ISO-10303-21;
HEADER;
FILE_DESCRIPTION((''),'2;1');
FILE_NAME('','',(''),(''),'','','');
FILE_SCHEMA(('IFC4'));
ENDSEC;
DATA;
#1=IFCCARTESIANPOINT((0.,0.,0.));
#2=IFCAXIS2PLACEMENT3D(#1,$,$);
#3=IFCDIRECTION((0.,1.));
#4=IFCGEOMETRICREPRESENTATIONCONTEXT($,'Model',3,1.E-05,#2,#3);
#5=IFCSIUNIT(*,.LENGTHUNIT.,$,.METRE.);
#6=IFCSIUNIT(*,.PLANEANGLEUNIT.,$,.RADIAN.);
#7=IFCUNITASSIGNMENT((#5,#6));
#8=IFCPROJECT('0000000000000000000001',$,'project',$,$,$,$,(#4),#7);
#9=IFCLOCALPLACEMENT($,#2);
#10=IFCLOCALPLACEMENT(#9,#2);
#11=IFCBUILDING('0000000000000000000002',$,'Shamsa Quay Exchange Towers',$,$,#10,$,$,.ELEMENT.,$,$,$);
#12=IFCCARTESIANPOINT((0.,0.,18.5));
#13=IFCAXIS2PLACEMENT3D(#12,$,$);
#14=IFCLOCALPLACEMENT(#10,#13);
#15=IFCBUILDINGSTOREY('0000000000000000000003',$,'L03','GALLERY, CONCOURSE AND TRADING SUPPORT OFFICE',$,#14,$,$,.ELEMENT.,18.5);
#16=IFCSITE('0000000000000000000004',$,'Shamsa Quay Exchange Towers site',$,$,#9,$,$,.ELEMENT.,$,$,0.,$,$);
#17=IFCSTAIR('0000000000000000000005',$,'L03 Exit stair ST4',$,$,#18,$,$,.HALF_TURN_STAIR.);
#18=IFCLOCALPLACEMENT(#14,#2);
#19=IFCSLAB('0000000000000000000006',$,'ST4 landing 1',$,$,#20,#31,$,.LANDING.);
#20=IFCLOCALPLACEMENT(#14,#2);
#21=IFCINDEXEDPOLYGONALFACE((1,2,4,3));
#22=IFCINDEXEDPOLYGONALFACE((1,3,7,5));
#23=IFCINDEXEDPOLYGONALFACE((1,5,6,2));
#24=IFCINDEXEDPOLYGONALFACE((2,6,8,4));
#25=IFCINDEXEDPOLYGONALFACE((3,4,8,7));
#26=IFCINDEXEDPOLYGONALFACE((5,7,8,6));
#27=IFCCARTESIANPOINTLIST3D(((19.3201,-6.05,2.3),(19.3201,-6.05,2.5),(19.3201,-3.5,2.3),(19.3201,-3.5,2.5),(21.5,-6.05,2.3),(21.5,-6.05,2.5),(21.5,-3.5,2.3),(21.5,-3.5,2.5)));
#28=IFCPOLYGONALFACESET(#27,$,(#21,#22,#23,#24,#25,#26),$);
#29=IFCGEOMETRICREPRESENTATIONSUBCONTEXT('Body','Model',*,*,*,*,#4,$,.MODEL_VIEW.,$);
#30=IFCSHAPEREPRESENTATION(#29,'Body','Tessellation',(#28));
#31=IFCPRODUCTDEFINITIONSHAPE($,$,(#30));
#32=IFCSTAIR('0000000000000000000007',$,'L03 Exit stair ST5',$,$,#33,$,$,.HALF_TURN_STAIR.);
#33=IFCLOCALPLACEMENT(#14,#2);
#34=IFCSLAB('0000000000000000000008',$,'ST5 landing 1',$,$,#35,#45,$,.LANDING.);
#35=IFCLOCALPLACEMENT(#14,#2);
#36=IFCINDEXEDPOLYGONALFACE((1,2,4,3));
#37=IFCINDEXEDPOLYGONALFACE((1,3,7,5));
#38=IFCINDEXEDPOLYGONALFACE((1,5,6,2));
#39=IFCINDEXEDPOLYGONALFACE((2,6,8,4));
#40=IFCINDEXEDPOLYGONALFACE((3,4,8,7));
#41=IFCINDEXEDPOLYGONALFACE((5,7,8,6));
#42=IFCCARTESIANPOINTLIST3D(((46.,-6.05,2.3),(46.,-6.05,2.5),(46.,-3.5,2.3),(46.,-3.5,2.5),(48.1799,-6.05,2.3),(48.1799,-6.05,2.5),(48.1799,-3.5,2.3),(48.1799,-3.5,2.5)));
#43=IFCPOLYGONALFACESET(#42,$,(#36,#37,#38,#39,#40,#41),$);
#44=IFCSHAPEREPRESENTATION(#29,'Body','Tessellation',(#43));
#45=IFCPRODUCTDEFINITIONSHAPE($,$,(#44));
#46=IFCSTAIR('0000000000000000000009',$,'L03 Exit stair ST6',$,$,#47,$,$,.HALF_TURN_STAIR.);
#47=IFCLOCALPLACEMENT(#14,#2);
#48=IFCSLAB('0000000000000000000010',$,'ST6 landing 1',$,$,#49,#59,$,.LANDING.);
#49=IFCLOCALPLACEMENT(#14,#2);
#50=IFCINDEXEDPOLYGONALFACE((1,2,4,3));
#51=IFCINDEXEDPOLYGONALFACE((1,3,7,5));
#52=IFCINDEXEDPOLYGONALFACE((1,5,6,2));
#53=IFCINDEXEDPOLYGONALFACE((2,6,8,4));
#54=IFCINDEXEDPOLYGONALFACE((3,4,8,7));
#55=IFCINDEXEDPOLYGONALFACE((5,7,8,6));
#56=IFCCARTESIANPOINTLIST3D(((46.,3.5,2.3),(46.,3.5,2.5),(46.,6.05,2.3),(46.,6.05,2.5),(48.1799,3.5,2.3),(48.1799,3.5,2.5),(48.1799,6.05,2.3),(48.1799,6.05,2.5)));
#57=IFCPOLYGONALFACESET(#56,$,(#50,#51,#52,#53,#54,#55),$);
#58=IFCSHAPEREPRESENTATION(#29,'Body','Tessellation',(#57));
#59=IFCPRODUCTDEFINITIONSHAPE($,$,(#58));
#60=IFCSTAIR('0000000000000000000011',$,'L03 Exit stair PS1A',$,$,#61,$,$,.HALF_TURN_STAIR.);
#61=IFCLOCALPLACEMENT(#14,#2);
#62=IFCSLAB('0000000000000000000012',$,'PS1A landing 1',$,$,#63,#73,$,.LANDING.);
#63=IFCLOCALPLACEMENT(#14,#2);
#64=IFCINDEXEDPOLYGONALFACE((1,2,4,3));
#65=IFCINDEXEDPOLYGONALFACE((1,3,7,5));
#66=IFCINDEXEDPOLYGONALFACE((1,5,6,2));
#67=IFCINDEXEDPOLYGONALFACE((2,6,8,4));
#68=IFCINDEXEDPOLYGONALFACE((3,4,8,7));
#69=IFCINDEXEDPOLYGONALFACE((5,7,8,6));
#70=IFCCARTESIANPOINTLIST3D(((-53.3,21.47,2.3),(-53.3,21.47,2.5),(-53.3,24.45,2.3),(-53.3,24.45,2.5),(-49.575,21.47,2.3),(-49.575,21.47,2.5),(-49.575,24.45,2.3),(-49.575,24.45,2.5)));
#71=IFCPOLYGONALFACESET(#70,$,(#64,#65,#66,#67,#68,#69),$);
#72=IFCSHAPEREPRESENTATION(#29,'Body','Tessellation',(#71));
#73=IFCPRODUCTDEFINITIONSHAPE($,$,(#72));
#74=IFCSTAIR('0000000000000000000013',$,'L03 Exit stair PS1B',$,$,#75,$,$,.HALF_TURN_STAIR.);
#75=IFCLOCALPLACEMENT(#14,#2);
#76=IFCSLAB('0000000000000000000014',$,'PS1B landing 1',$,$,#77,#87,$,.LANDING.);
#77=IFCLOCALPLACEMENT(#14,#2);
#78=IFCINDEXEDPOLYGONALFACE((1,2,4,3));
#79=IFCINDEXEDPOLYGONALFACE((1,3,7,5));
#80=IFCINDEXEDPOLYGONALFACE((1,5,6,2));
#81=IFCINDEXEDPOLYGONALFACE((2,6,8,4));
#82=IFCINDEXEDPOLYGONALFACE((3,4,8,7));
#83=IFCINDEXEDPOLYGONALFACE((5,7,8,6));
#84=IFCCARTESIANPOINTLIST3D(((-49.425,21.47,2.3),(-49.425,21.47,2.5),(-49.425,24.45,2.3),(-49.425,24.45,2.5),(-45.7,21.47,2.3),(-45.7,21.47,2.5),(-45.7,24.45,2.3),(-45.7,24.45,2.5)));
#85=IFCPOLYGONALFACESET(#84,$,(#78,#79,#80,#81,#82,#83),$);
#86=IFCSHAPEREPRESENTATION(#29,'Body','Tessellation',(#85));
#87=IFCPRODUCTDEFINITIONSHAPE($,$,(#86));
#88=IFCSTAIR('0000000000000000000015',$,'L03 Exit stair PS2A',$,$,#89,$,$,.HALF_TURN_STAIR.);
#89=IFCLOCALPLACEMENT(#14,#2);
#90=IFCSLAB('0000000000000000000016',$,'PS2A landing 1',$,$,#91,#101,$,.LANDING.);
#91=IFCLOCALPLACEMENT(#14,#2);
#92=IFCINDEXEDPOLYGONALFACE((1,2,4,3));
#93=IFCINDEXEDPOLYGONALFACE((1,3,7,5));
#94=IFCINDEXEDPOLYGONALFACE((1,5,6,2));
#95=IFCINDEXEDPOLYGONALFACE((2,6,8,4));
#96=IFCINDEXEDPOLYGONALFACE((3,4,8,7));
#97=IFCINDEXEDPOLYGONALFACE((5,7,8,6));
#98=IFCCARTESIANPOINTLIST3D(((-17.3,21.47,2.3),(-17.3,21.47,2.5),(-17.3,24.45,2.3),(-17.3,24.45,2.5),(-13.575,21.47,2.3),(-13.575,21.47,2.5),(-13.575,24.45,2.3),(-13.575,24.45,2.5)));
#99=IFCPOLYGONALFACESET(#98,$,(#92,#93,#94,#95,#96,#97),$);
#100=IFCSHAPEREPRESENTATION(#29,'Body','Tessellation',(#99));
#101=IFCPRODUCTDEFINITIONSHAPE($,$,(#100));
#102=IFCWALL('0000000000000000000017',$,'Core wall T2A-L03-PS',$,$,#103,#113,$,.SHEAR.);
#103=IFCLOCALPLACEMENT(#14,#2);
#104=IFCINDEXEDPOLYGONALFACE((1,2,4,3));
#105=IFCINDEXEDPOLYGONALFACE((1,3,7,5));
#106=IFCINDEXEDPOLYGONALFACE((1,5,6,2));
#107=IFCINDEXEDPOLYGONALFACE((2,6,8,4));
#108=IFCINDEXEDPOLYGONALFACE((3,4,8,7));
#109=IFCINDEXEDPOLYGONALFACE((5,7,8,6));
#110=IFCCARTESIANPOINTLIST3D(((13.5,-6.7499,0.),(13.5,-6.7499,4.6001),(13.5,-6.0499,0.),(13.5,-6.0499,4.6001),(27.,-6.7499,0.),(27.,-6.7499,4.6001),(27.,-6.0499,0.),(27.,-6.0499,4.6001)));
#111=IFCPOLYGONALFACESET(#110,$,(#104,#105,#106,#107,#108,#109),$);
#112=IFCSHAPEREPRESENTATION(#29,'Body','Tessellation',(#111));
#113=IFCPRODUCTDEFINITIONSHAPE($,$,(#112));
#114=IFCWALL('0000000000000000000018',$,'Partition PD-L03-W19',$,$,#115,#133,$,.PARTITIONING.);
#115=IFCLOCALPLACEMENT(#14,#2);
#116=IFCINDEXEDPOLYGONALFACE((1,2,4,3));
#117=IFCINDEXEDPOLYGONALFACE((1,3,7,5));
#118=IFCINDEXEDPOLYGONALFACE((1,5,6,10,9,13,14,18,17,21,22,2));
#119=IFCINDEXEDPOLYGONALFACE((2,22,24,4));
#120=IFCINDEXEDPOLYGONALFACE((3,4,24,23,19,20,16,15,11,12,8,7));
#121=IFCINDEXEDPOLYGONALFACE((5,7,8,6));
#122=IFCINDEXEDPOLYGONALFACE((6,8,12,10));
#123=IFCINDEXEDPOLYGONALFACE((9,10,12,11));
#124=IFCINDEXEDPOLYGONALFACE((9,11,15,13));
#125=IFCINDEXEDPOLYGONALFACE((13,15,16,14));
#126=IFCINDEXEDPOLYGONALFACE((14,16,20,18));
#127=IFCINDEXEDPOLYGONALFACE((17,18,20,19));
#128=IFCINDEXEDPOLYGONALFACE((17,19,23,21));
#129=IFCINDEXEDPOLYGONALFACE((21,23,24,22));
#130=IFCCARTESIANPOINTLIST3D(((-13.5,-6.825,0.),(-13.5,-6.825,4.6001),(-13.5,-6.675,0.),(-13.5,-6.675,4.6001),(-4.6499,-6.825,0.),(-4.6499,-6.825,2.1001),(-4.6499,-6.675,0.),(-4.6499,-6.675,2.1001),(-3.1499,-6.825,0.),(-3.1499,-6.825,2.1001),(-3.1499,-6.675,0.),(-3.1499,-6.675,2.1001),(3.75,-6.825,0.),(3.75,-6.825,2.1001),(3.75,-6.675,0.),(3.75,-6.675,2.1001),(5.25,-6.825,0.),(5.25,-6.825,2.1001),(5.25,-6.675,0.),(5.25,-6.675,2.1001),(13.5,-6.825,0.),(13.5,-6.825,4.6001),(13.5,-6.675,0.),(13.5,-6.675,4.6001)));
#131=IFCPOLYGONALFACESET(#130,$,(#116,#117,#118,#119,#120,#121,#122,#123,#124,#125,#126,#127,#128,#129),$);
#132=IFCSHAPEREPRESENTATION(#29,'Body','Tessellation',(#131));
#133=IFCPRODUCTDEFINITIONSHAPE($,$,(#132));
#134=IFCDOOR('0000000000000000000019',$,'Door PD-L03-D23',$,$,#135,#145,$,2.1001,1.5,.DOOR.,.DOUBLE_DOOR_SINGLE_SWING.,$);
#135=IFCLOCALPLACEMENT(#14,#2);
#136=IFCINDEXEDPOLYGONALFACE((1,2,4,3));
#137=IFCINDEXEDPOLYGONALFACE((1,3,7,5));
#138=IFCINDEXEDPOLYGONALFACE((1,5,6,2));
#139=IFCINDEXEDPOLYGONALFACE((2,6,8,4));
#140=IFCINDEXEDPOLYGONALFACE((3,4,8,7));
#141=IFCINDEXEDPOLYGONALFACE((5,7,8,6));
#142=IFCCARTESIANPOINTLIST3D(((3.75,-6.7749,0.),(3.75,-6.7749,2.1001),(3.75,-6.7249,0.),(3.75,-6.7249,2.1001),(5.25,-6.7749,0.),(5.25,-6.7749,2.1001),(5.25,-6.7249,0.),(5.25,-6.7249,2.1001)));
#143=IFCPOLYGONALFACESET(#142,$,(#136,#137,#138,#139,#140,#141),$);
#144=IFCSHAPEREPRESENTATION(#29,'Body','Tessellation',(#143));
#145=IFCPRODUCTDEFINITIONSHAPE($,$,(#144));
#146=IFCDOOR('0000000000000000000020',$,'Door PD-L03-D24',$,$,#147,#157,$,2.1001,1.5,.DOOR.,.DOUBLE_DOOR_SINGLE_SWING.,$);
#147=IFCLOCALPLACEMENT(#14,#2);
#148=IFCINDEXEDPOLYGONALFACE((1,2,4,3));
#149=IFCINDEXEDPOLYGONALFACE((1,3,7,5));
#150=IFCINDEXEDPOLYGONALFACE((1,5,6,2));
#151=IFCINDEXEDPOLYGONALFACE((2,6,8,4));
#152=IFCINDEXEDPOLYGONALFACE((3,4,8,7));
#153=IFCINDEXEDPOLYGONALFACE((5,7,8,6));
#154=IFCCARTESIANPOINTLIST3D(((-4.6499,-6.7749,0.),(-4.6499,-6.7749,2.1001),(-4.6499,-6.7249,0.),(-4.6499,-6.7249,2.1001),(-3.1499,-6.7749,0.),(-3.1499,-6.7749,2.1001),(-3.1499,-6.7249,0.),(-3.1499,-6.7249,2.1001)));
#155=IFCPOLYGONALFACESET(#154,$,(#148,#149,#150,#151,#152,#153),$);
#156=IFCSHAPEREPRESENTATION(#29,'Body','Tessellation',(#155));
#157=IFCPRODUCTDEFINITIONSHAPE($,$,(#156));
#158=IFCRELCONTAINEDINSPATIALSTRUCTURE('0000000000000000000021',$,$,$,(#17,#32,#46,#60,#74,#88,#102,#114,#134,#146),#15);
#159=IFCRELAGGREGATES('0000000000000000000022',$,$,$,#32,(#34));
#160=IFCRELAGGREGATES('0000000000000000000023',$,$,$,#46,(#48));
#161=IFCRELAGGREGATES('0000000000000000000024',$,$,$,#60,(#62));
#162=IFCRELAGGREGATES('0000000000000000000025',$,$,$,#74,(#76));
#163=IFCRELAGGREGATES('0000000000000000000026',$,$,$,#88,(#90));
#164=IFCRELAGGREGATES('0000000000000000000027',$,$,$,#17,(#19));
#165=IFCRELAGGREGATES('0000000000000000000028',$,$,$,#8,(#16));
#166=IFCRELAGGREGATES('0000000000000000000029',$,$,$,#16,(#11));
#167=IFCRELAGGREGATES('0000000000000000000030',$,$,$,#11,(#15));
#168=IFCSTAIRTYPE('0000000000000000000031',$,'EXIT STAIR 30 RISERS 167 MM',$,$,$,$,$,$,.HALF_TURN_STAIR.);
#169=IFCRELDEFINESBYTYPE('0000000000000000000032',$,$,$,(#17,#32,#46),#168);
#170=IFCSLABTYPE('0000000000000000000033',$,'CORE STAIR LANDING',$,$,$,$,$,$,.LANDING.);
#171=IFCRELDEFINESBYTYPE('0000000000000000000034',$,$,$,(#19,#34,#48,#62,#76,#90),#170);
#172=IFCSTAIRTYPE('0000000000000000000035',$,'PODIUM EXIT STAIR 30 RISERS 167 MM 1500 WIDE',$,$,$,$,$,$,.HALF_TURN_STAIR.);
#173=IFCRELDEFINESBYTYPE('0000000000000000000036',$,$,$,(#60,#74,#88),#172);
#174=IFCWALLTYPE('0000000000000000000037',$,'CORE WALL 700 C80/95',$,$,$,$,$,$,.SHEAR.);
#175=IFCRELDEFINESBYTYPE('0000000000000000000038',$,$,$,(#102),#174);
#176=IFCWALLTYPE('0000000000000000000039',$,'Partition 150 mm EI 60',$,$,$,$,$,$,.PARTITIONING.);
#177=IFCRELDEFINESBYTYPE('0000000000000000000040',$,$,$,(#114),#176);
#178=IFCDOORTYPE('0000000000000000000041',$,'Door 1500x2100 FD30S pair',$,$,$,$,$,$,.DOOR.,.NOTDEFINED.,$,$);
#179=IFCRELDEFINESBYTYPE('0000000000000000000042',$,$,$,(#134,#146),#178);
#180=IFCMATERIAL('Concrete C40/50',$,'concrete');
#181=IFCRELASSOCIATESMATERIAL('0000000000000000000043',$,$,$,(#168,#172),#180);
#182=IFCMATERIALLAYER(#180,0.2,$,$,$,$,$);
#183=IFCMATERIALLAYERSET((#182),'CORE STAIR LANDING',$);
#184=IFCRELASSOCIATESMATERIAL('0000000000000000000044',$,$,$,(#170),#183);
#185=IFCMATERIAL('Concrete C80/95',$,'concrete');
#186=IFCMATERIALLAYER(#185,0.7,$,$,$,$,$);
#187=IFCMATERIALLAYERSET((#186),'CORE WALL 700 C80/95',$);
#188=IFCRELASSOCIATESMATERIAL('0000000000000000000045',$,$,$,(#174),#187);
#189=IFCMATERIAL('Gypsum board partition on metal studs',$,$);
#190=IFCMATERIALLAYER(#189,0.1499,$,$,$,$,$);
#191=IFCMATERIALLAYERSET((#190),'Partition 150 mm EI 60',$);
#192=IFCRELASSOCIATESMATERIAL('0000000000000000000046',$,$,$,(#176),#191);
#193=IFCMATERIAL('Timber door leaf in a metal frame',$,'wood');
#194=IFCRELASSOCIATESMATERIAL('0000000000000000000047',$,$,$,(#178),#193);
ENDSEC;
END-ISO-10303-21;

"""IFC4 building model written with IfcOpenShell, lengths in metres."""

from ifc_helpers import new_model, si_unit, direction, frame, frame_2d, origin, place, context, subcontext, project, spatial, polyline, rectangle, outline, extrude, material, layer, layer_set, type_object, element, fill, aggregate, save


model = new_model("IFC4")

# Units and contexts
model_context = context("Model", 3, precision=1e-05, world=origin(), true_north=direction((0.0, 1.0)))
body_context = subcontext(model_context, "Body", "Model", "MODEL_VIEW")
ifc_project = project(units=[si_unit("LENGTHUNIT", "METRE"), si_unit("PLANEANGLEUNIT", "RADIAN")], contexts=[model_context])

# Site, building, storey
site_placement = place(None, origin())
site = spatial("IfcSite", under=ifc_project, at=site_placement, Name="Shamsa Quay Exchange Towers site", CompositionType="ELEMENT", RefElevation=0.0)
building_placement = place(site_placement, origin())
building = spatial("IfcBuilding", under=site, at=building_placement, Name="Shamsa Quay Exchange Towers", CompositionType="ELEMENT")
storey_placement = place(building_placement, frame((0.0, 0.0, 18.5)))
storey = spatial("IfcBuildingStorey", under=building, at=storey_placement, Name="L03", Description="GALLERY, CONCOURSE AND TRADING SUPPORT OFFICE", CompositionType="ELEMENT", Elevation=18.5)

# Stairs, slabs
ifc_material_1 = material(Name="Concrete C40/50", Category="concrete")
stair_type_1 = type_object("IfcStairType", Name="EXIT STAIR 30 RISERS 167 MM", PredefinedType="HALF_TURN_STAIR", material=ifc_material_1)
ifc_layer_1 = layer(ifc_material_1, 0.2)
ifc_layer_set_1 = layer_set([ifc_layer_1], Name="CORE STAIR LANDING")
slab_type_1 = type_object("IfcSlabType", Name="CORE STAIR LANDING", PredefinedType="LANDING", material=ifc_layer_set_1)
stair_1_placement = place(storey_placement, origin())
stair_1 = element("IfcStair", 1, at=stair_1_placement, inside=storey, type_object=stair_type_1, Name="L03 Exit stair ST4", PredefinedType="HALF_TURN_STAIR")
slab_1_placement = place(storey_placement, frame((0.0, 0.0, 2.3)))
slab_1 = element("IfcSlab", 2, at=slab_1_placement, type_object=slab_type_1, Name="ST4 landing 1", PredefinedType="LANDING", context=body_context, shape_type="SweptSolid", body=[
    extrude(outline(polyline([(19.3201, -6.05), (21.5, -6.05), (21.5, -3.5), (19.3201, -3.5), (19.3201, -6.05)])), origin(), (0.0, 0.0, 1.0), 0.2),
])
stair_2_placement = place(storey_placement, origin())
stair_2 = element("IfcStair", 3, at=stair_2_placement, inside=storey, type_object=stair_type_1, Name="L03 Exit stair ST5", PredefinedType="HALF_TURN_STAIR")
slab_2_placement = place(storey_placement, frame((0.0, 0.0, 2.3)))
slab_2 = element("IfcSlab", 4, at=slab_2_placement, type_object=slab_type_1, Name="ST5 landing 1", PredefinedType="LANDING", context=body_context, shape_type="SweptSolid", body=[
    extrude(outline(polyline([(48.1799, -3.5), (46.0, -3.5), (46.0, -6.05), (48.1799, -6.05), (48.1799, -3.5)])), origin(), (0.0, 0.0, 1.0), 0.2),
])
aggregate(stair_2, [slab_2])
stair_3_placement = place(storey_placement, origin())
stair_3 = element("IfcStair", 5, at=stair_3_placement, inside=storey, type_object=stair_type_1, Name="L03 Exit stair ST6", PredefinedType="HALF_TURN_STAIR")
slab_3_placement = place(storey_placement, frame((0.0, 0.0, 2.3)))
slab_3 = element("IfcSlab", 6, at=slab_3_placement, type_object=slab_type_1, Name="ST6 landing 1", PredefinedType="LANDING", context=body_context, shape_type="SweptSolid", body=[
    extrude(outline(polyline([(48.1799, 6.05), (46.0, 6.05), (46.0, 3.5), (48.1799, 3.5), (48.1799, 6.05)])), origin(), (0.0, 0.0, 1.0), 0.2),
])
aggregate(stair_3, [slab_3])
stair_type_2 = type_object("IfcStairType", Name="PODIUM EXIT STAIR 30 RISERS 167 MM 1500 WIDE", PredefinedType="HALF_TURN_STAIR", material=ifc_material_1)
stair_4_placement = place(storey_placement, origin())
stair_4 = element("IfcStair", 7, at=stair_4_placement, inside=storey, type_object=stair_type_2, Name="L03 Exit stair PS1A", PredefinedType="HALF_TURN_STAIR")
slab_4_placement = place(storey_placement, frame((0.0, 0.0, 2.3)))
slab_4 = element("IfcSlab", 8, at=slab_4_placement, type_object=slab_type_1, Name="PS1A landing 1", PredefinedType="LANDING", context=body_context, shape_type="SweptSolid", body=[
    extrude(outline(polyline([(-49.575, 21.47), (-49.575, 24.45), (-53.3, 24.45), (-53.3, 21.47), (-49.575, 21.47)])), origin(), (0.0, 0.0, 1.0), 0.2),
])
aggregate(stair_4, [slab_4])
stair_5_placement = place(storey_placement, origin())
stair_5 = element("IfcStair", 9, at=stair_5_placement, inside=storey, type_object=stair_type_2, Name="L03 Exit stair PS1B", PredefinedType="HALF_TURN_STAIR")
slab_5_placement = place(storey_placement, frame((0.0, 0.0, 2.3)))
slab_5 = element("IfcSlab", 10, at=slab_5_placement, type_object=slab_type_1, Name="PS1B landing 1", PredefinedType="LANDING", context=body_context, shape_type="SweptSolid", body=[
    extrude(outline(polyline([(-45.7, 21.47), (-45.7, 24.45), (-49.425, 24.45), (-49.425, 21.47), (-45.7, 21.47)])), origin(), (0.0, 0.0, 1.0), 0.2),
])
aggregate(stair_5, [slab_5])
stair_6_placement = place(storey_placement, origin())
stair_6 = element("IfcStair", 11, at=stair_6_placement, inside=storey, type_object=stair_type_2, Name="L03 Exit stair PS2A", PredefinedType="HALF_TURN_STAIR")
slab_6_placement = place(storey_placement, frame((0.0, 0.0, 2.3)))
slab_6 = element("IfcSlab", 12, at=slab_6_placement, type_object=slab_type_1, Name="PS2A landing 1", PredefinedType="LANDING", context=body_context, shape_type="SweptSolid", body=[
    extrude(outline(polyline([(-13.575, 21.47), (-13.575, 24.45), (-17.3, 24.45), (-17.3, 21.47), (-13.575, 21.47)])), origin(), (0.0, 0.0, 1.0), 0.2),
])
aggregate(stair_6, [slab_6])

# Wall
ifc_material_2 = material(Name="Concrete C80/95", Category="concrete")
ifc_layer_2 = layer(ifc_material_2, 0.7)
ifc_layer_set_2 = layer_set([ifc_layer_2], Name="CORE WALL 700 C80/95")
wall_type_1 = type_object("IfcWallType", Name="CORE WALL 700 C80/95", PredefinedType="SHEAR", material=ifc_layer_set_2)
wall_1_placement = place(storey_placement, frame((13.5, -6.3999, 0.0)))
element("IfcWall", 13, at=wall_1_placement, inside=storey, type_object=wall_type_1, Name="Core wall T2A-L03-PS", PredefinedType="SHEAR", context=body_context, shape_type="SweptSolid", body=[
    extrude(rectangle(XDim=13.5, YDim=0.7, at=frame_2d((6.75, 0.0))), origin(), (0.0, 0.0, 1.0), 4.6001),
])

# Wall, openings, doors
ifc_material_3 = material(Name="Gypsum board partition on metal studs")
ifc_layer_3 = layer(ifc_material_3, 0.1499)
ifc_layer_set_3 = layer_set([ifc_layer_3], Name="Partition 150 mm EI 60")
wall_type_2 = type_object("IfcWallType", Name="Partition 150 mm EI 60", PredefinedType="PARTITIONING", material=ifc_layer_set_3)
wall_2_placement = place(storey_placement, frame((13.5, -6.75, 0.0), z_axis=(0.0, 0.0, 1.0), x_axis=(-1.0, 0.0, 0.0)))
wall_2 = element("IfcWall", 14, at=wall_2_placement, inside=storey, type_object=wall_type_2, Name="Partition PD-L03-W19", PredefinedType="PARTITIONING", context=body_context, shape_type="SweptSolid", body=[
    extrude(rectangle(XDim=27.0, YDim=0.1499, at=frame_2d((13.5, 0.0))), origin(), (0.0, 0.0, 1.0), 4.6001),
])
opening_1_placement = place(wall_2_placement, frame((8.25, 0.0, 0.0)))
opening_1 = element("IfcOpeningElement", 15, at=opening_1_placement, cuts=wall_2, PredefinedType="OPENING", context=body_context, shape_type="SweptSolid", body=[
    extrude(rectangle(XDim=1.5, YDim=2.1001, at=frame_2d((0.75, 1.05))), frame((0.0, 0.085, 0.0), z_axis=(0.0, -1.0, 0.0), x_axis=(1.0, 0.0, 0.0)), (0.0, 0.0, 1.0), 0.1699),
])
opening_2_placement = place(wall_2_placement, frame((16.6499, 0.0, 0.0)))
opening_2 = element("IfcOpeningElement", 16, at=opening_2_placement, cuts=wall_2, PredefinedType="OPENING", context=body_context, shape_type="SweptSolid", body=[
    extrude(rectangle(XDim=1.5, YDim=2.1001, at=frame_2d((0.75, 1.05))), frame((0.0, 0.085, 0.0), z_axis=(0.0, -1.0, 0.0), x_axis=(1.0, 0.0, 0.0)), (0.0, 0.0, 1.0), 0.1699),
])
ifc_material_4 = material(Name="Timber door leaf in a metal frame", Category="wood")
door_type = type_object("IfcDoorType", Name="Door 1500x2100 FD30S pair", OperationType="NOTDEFINED", PredefinedType="DOOR", material=ifc_material_4)
door_1_placement = place(opening_1_placement, origin())
door_1 = element("IfcDoor", 17, at=door_1_placement, inside=storey, type_object=door_type, Name="Door PD-L03-D23", OperationType="DOUBLE_DOOR_SINGLE_SWING", OverallHeight=2.1001, OverallWidth=1.5, PredefinedType="DOOR", context=body_context, shape_type="SweptSolid", body=[
    extrude(rectangle(XDim=1.5, YDim=2.1001, at=frame_2d((0.75, 1.05))), frame((0.0, 0.0249, 0.0), z_axis=(0.0, -1.0, 0.0), x_axis=(1.0, 0.0, 0.0)), (0.0, 0.0, 1.0), 0.05),
])
fill(opening_1, door_1)
door_2_placement = place(opening_2_placement, origin())
door_2 = element("IfcDoor", 18, at=door_2_placement, inside=storey, type_object=door_type, Name="Door PD-L03-D24", OperationType="DOUBLE_DOOR_SINGLE_SWING", OverallHeight=2.1001, OverallWidth=1.5, PredefinedType="DOOR", context=body_context, shape_type="SweptSolid", body=[
    extrude(rectangle(XDim=1.5, YDim=2.1001, at=frame_2d((0.75, 1.05))), frame((0.0, 0.0249, 0.0), z_axis=(0.0, -1.0, 0.0), x_axis=(1.0, 0.0, 0.0)), (0.0, 0.0, 1.0), 0.05),
])
fill(opening_2, door_2)

aggregate(stair_1, [slab_1])

save(model, "model.ifc")
